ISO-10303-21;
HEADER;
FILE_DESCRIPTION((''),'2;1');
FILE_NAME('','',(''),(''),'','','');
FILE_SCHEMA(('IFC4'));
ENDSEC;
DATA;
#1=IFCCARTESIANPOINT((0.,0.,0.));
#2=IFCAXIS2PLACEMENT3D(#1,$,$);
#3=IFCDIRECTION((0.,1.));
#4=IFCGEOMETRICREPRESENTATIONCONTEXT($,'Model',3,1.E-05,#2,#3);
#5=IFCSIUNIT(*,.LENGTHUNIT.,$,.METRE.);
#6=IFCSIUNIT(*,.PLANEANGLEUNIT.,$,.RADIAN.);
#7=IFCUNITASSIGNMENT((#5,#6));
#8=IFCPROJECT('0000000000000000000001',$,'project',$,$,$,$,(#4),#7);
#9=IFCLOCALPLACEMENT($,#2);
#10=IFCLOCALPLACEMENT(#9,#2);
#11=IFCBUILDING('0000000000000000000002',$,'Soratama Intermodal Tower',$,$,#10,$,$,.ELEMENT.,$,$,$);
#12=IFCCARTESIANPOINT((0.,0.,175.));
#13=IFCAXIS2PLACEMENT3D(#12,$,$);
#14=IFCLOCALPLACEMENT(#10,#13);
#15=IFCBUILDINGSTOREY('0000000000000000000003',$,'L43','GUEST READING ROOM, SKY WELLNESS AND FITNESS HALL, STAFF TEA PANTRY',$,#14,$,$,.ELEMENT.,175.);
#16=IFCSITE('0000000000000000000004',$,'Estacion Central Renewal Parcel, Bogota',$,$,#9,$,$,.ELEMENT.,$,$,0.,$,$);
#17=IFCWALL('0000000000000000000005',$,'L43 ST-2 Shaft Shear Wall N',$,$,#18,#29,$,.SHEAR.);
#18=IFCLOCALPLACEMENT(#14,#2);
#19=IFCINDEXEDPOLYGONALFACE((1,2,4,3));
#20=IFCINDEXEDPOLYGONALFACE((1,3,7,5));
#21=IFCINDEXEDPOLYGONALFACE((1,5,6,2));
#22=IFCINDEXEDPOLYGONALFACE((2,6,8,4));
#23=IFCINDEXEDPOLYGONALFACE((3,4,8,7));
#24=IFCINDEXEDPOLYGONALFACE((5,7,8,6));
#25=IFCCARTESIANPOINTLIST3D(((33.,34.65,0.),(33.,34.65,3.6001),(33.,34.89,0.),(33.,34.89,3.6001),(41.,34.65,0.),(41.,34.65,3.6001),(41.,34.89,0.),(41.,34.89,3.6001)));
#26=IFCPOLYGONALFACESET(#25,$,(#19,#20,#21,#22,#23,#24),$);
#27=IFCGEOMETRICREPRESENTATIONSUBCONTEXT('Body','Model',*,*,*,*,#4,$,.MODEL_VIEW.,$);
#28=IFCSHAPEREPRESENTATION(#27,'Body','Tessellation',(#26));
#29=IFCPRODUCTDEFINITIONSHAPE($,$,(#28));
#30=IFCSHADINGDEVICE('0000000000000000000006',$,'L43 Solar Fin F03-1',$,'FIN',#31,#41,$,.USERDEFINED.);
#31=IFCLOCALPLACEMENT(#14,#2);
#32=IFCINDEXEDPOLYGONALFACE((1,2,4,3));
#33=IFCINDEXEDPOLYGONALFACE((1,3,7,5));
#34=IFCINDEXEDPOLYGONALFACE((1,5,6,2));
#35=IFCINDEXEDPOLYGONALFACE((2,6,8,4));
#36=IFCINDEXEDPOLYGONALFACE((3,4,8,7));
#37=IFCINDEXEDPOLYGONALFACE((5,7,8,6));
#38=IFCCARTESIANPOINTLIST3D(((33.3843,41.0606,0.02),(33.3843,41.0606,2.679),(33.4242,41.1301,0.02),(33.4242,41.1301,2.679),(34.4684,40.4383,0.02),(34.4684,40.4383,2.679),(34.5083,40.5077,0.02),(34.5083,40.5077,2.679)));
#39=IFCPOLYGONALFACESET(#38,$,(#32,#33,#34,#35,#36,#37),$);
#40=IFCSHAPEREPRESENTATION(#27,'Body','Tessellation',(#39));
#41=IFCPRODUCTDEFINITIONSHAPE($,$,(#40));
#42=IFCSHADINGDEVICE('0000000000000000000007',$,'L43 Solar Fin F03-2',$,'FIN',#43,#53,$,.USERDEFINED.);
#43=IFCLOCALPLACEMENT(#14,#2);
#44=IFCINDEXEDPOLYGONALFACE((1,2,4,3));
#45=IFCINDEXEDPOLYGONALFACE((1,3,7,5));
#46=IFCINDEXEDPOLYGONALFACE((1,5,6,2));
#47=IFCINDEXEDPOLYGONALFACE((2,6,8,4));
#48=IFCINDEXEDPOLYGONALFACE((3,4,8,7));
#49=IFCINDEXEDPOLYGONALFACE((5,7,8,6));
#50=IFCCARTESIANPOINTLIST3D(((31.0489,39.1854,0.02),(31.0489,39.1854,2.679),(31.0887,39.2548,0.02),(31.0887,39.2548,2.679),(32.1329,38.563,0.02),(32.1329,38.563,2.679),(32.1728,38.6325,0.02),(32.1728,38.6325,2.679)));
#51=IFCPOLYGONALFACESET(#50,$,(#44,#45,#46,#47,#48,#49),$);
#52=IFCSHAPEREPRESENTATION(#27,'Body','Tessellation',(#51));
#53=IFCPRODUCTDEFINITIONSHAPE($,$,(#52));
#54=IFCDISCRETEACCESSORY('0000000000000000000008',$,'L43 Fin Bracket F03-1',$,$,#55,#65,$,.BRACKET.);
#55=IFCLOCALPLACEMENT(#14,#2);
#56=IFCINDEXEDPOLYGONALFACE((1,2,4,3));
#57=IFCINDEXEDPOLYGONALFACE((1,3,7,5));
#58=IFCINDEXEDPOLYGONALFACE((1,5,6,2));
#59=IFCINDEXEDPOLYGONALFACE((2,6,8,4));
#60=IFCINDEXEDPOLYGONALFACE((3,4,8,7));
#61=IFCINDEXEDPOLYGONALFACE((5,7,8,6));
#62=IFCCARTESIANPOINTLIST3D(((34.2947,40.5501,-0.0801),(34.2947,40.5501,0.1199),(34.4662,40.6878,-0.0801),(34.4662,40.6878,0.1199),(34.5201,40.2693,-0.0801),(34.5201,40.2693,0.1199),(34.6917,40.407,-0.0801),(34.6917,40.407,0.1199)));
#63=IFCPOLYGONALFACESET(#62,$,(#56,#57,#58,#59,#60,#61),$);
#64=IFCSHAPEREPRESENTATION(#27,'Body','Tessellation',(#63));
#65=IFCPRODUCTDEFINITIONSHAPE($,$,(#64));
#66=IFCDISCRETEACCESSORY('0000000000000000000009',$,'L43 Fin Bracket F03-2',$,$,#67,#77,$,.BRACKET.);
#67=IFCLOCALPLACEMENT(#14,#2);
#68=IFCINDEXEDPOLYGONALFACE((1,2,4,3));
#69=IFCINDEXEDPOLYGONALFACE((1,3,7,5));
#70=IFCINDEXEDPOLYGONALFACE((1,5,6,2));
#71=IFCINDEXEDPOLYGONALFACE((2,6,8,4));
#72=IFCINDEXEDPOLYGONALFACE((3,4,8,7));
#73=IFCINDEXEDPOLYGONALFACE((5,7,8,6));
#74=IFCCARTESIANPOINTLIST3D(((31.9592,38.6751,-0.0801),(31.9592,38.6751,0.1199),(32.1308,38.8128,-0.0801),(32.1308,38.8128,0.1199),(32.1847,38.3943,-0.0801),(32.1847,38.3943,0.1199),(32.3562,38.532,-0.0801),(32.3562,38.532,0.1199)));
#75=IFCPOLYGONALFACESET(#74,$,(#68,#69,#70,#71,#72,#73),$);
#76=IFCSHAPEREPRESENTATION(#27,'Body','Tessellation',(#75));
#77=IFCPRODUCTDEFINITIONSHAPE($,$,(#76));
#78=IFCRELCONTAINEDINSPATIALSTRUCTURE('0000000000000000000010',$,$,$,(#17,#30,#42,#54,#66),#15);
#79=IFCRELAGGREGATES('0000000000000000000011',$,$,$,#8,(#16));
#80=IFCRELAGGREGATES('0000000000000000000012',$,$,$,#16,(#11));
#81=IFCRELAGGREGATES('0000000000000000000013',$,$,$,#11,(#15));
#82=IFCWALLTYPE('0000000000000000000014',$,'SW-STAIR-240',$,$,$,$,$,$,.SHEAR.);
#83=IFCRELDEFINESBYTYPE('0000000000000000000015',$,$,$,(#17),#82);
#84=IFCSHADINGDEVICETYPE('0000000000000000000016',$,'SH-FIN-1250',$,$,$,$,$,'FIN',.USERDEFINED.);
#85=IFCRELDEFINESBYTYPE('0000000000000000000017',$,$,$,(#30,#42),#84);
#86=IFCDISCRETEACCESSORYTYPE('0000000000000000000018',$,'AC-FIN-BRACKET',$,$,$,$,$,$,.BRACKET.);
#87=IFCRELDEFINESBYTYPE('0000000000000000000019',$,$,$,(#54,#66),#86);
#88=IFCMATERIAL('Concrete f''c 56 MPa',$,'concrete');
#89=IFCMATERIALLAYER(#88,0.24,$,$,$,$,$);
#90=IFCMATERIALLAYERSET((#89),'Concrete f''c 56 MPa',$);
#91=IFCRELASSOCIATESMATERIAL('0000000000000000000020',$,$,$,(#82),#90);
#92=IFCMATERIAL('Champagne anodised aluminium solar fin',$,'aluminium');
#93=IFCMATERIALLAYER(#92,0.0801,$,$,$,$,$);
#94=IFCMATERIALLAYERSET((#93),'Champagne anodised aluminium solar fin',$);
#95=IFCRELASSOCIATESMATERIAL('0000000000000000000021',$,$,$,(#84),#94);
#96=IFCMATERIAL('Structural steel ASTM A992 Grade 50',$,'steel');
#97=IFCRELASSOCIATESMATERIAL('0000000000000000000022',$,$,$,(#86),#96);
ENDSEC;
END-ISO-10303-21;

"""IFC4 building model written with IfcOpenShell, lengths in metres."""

from ifc_helpers import new_model, si_unit, direction, frame, frame_2d, origin, origin_2d, place, context, subcontext, project, spatial, rectangle, extrude, material, layer, layer_set, type_object, element, save


model = new_model("IFC4")

# Units and contexts
model_context = context("Model", 3, precision=1e-05, world=origin(), true_north=direction((0.0, 1.0)))
body_context = subcontext(model_context, "Body", "Model", "MODEL_VIEW")
ifc_project = project(units=[si_unit("LENGTHUNIT", "METRE"), si_unit("PLANEANGLEUNIT", "RADIAN")], contexts=[model_context])

# Site, building, storey
site_placement = place(None, origin())
site = spatial("IfcSite", under=ifc_project, at=site_placement, Name="Estacion Central Renewal Parcel, Bogota", CompositionType="ELEMENT", RefElevation=0.0)
building_placement = place(site_placement, origin())
building = spatial("IfcBuilding", under=site, at=building_placement, Name="Soratama Intermodal Tower", CompositionType="ELEMENT")
storey_placement = place(building_placement, frame((0.0, 0.0, 175.0)))
storey = spatial("IfcBuildingStorey", under=building, at=storey_placement, Name="L43", Description="GUEST READING ROOM, SKY WELLNESS AND FITNESS HALL, STAFF TEA PANTRY", CompositionType="ELEMENT", Elevation=175.0)

# Wall
ifc_material_1 = material(Name="Concrete f'c 56 MPa", Category="concrete")
ifc_layer_1 = layer(ifc_material_1, 0.24)
ifc_layer_set_1 = layer_set([ifc_layer_1], Name="Concrete f'c 56 MPa")
wall_type_1 = type_object("IfcWallType", Name="SW-STAIR-240", PredefinedType="SHEAR", material=ifc_layer_set_1)
wall_1_placement = place(storey_placement, frame((33.0, 34.77, 0.0), z_axis=(0.0, 0.0, 1.0), x_axis=(1.0, 0.0, 0.0)))
element("IfcWall", 1, at=wall_1_placement, inside=storey, type_object=wall_type_1, Name="L43 ST-2 Shaft Shear Wall N", PredefinedType="SHEAR", context=body_context, shape_type="SweptSolid", body=[
    extrude(rectangle(XDim=8.0, YDim=0.24, at=frame_2d((4.0, 0.0))), origin(), (0.0, 0.0, 1.0), 3.6001),
])

# Shading devices
ifc_material_2 = material(Name="Champagne anodised aluminium solar fin", Category="aluminium")
ifc_layer_2 = layer(ifc_material_2, 0.0801)
ifc_layer_set_2 = layer_set([ifc_layer_2], Name="Champagne anodised aluminium solar fin")
shading_device_type = type_object("IfcShadingDeviceType", Name="SH-FIN-1250", ElementType="FIN", PredefinedType="USERDEFINED", material=ifc_layer_set_2)
for number, where, z_axis, x_axis, name in (
    (2, (33.9463, 40.7842, 0.02), (0.0, 0.0, 1.0), (-0.867245, 0.497882, 0.0), "L43 Solar Fin F03-1"),
    (3, (31.6108, 38.9089, 0.02), (0.0, 0.0, 1.0), (-0.867245, 0.497882, 0.0), "L43 Solar Fin F03-2"),
):
    element("IfcShadingDevice", number, at=place(storey_placement, frame(where, z_axis=z_axis, x_axis=x_axis)), inside=storey, type_object=shading_device_type, Name=name, ObjectType="FIN", PredefinedType="USERDEFINED", context=body_context, shape_type="SweptSolid", body=[
        extrude(rectangle(XDim=1.25, YDim=0.0801, at=origin_2d()), origin(), (0.0, 0.0, 1.0), 2.6589),
    ])

# Discrete accessories
ifc_material_3 = material(Name="Structural steel ASTM A992 Grade 50", Category="steel")
discrete_accessory_type = type_object("IfcDiscreteAccessoryType", Name="AC-FIN-BRACKET", PredefinedType="BRACKET", material=ifc_material_3)
for number, where, z_axis, x_axis, name in (
    (4, (34.4932, 40.4785, -0.0801), (0.0, 0.0, 1.0), (-0.62606, 0.779775, 0.0), "L43 Fin Bracket F03-1"),
    (5, (32.1577, 38.6035, -0.0801), (0.0, 0.0, 1.0), (-0.62606, 0.779775, 0.0), "L43 Fin Bracket F03-2"),
):
    element("IfcDiscreteAccessory", number, at=place(storey_placement, frame(where, z_axis=z_axis, x_axis=x_axis)), inside=storey, type_object=discrete_accessory_type, Name=name, PredefinedType="BRACKET", context=body_context, shape_type="SweptSolid", body=[
        extrude(rectangle(XDim=0.3601, YDim=0.22, at=origin_2d()), origin(), (0.0, 0.0, 1.0), 0.2),
    ])

save(model, "model.ifc")
